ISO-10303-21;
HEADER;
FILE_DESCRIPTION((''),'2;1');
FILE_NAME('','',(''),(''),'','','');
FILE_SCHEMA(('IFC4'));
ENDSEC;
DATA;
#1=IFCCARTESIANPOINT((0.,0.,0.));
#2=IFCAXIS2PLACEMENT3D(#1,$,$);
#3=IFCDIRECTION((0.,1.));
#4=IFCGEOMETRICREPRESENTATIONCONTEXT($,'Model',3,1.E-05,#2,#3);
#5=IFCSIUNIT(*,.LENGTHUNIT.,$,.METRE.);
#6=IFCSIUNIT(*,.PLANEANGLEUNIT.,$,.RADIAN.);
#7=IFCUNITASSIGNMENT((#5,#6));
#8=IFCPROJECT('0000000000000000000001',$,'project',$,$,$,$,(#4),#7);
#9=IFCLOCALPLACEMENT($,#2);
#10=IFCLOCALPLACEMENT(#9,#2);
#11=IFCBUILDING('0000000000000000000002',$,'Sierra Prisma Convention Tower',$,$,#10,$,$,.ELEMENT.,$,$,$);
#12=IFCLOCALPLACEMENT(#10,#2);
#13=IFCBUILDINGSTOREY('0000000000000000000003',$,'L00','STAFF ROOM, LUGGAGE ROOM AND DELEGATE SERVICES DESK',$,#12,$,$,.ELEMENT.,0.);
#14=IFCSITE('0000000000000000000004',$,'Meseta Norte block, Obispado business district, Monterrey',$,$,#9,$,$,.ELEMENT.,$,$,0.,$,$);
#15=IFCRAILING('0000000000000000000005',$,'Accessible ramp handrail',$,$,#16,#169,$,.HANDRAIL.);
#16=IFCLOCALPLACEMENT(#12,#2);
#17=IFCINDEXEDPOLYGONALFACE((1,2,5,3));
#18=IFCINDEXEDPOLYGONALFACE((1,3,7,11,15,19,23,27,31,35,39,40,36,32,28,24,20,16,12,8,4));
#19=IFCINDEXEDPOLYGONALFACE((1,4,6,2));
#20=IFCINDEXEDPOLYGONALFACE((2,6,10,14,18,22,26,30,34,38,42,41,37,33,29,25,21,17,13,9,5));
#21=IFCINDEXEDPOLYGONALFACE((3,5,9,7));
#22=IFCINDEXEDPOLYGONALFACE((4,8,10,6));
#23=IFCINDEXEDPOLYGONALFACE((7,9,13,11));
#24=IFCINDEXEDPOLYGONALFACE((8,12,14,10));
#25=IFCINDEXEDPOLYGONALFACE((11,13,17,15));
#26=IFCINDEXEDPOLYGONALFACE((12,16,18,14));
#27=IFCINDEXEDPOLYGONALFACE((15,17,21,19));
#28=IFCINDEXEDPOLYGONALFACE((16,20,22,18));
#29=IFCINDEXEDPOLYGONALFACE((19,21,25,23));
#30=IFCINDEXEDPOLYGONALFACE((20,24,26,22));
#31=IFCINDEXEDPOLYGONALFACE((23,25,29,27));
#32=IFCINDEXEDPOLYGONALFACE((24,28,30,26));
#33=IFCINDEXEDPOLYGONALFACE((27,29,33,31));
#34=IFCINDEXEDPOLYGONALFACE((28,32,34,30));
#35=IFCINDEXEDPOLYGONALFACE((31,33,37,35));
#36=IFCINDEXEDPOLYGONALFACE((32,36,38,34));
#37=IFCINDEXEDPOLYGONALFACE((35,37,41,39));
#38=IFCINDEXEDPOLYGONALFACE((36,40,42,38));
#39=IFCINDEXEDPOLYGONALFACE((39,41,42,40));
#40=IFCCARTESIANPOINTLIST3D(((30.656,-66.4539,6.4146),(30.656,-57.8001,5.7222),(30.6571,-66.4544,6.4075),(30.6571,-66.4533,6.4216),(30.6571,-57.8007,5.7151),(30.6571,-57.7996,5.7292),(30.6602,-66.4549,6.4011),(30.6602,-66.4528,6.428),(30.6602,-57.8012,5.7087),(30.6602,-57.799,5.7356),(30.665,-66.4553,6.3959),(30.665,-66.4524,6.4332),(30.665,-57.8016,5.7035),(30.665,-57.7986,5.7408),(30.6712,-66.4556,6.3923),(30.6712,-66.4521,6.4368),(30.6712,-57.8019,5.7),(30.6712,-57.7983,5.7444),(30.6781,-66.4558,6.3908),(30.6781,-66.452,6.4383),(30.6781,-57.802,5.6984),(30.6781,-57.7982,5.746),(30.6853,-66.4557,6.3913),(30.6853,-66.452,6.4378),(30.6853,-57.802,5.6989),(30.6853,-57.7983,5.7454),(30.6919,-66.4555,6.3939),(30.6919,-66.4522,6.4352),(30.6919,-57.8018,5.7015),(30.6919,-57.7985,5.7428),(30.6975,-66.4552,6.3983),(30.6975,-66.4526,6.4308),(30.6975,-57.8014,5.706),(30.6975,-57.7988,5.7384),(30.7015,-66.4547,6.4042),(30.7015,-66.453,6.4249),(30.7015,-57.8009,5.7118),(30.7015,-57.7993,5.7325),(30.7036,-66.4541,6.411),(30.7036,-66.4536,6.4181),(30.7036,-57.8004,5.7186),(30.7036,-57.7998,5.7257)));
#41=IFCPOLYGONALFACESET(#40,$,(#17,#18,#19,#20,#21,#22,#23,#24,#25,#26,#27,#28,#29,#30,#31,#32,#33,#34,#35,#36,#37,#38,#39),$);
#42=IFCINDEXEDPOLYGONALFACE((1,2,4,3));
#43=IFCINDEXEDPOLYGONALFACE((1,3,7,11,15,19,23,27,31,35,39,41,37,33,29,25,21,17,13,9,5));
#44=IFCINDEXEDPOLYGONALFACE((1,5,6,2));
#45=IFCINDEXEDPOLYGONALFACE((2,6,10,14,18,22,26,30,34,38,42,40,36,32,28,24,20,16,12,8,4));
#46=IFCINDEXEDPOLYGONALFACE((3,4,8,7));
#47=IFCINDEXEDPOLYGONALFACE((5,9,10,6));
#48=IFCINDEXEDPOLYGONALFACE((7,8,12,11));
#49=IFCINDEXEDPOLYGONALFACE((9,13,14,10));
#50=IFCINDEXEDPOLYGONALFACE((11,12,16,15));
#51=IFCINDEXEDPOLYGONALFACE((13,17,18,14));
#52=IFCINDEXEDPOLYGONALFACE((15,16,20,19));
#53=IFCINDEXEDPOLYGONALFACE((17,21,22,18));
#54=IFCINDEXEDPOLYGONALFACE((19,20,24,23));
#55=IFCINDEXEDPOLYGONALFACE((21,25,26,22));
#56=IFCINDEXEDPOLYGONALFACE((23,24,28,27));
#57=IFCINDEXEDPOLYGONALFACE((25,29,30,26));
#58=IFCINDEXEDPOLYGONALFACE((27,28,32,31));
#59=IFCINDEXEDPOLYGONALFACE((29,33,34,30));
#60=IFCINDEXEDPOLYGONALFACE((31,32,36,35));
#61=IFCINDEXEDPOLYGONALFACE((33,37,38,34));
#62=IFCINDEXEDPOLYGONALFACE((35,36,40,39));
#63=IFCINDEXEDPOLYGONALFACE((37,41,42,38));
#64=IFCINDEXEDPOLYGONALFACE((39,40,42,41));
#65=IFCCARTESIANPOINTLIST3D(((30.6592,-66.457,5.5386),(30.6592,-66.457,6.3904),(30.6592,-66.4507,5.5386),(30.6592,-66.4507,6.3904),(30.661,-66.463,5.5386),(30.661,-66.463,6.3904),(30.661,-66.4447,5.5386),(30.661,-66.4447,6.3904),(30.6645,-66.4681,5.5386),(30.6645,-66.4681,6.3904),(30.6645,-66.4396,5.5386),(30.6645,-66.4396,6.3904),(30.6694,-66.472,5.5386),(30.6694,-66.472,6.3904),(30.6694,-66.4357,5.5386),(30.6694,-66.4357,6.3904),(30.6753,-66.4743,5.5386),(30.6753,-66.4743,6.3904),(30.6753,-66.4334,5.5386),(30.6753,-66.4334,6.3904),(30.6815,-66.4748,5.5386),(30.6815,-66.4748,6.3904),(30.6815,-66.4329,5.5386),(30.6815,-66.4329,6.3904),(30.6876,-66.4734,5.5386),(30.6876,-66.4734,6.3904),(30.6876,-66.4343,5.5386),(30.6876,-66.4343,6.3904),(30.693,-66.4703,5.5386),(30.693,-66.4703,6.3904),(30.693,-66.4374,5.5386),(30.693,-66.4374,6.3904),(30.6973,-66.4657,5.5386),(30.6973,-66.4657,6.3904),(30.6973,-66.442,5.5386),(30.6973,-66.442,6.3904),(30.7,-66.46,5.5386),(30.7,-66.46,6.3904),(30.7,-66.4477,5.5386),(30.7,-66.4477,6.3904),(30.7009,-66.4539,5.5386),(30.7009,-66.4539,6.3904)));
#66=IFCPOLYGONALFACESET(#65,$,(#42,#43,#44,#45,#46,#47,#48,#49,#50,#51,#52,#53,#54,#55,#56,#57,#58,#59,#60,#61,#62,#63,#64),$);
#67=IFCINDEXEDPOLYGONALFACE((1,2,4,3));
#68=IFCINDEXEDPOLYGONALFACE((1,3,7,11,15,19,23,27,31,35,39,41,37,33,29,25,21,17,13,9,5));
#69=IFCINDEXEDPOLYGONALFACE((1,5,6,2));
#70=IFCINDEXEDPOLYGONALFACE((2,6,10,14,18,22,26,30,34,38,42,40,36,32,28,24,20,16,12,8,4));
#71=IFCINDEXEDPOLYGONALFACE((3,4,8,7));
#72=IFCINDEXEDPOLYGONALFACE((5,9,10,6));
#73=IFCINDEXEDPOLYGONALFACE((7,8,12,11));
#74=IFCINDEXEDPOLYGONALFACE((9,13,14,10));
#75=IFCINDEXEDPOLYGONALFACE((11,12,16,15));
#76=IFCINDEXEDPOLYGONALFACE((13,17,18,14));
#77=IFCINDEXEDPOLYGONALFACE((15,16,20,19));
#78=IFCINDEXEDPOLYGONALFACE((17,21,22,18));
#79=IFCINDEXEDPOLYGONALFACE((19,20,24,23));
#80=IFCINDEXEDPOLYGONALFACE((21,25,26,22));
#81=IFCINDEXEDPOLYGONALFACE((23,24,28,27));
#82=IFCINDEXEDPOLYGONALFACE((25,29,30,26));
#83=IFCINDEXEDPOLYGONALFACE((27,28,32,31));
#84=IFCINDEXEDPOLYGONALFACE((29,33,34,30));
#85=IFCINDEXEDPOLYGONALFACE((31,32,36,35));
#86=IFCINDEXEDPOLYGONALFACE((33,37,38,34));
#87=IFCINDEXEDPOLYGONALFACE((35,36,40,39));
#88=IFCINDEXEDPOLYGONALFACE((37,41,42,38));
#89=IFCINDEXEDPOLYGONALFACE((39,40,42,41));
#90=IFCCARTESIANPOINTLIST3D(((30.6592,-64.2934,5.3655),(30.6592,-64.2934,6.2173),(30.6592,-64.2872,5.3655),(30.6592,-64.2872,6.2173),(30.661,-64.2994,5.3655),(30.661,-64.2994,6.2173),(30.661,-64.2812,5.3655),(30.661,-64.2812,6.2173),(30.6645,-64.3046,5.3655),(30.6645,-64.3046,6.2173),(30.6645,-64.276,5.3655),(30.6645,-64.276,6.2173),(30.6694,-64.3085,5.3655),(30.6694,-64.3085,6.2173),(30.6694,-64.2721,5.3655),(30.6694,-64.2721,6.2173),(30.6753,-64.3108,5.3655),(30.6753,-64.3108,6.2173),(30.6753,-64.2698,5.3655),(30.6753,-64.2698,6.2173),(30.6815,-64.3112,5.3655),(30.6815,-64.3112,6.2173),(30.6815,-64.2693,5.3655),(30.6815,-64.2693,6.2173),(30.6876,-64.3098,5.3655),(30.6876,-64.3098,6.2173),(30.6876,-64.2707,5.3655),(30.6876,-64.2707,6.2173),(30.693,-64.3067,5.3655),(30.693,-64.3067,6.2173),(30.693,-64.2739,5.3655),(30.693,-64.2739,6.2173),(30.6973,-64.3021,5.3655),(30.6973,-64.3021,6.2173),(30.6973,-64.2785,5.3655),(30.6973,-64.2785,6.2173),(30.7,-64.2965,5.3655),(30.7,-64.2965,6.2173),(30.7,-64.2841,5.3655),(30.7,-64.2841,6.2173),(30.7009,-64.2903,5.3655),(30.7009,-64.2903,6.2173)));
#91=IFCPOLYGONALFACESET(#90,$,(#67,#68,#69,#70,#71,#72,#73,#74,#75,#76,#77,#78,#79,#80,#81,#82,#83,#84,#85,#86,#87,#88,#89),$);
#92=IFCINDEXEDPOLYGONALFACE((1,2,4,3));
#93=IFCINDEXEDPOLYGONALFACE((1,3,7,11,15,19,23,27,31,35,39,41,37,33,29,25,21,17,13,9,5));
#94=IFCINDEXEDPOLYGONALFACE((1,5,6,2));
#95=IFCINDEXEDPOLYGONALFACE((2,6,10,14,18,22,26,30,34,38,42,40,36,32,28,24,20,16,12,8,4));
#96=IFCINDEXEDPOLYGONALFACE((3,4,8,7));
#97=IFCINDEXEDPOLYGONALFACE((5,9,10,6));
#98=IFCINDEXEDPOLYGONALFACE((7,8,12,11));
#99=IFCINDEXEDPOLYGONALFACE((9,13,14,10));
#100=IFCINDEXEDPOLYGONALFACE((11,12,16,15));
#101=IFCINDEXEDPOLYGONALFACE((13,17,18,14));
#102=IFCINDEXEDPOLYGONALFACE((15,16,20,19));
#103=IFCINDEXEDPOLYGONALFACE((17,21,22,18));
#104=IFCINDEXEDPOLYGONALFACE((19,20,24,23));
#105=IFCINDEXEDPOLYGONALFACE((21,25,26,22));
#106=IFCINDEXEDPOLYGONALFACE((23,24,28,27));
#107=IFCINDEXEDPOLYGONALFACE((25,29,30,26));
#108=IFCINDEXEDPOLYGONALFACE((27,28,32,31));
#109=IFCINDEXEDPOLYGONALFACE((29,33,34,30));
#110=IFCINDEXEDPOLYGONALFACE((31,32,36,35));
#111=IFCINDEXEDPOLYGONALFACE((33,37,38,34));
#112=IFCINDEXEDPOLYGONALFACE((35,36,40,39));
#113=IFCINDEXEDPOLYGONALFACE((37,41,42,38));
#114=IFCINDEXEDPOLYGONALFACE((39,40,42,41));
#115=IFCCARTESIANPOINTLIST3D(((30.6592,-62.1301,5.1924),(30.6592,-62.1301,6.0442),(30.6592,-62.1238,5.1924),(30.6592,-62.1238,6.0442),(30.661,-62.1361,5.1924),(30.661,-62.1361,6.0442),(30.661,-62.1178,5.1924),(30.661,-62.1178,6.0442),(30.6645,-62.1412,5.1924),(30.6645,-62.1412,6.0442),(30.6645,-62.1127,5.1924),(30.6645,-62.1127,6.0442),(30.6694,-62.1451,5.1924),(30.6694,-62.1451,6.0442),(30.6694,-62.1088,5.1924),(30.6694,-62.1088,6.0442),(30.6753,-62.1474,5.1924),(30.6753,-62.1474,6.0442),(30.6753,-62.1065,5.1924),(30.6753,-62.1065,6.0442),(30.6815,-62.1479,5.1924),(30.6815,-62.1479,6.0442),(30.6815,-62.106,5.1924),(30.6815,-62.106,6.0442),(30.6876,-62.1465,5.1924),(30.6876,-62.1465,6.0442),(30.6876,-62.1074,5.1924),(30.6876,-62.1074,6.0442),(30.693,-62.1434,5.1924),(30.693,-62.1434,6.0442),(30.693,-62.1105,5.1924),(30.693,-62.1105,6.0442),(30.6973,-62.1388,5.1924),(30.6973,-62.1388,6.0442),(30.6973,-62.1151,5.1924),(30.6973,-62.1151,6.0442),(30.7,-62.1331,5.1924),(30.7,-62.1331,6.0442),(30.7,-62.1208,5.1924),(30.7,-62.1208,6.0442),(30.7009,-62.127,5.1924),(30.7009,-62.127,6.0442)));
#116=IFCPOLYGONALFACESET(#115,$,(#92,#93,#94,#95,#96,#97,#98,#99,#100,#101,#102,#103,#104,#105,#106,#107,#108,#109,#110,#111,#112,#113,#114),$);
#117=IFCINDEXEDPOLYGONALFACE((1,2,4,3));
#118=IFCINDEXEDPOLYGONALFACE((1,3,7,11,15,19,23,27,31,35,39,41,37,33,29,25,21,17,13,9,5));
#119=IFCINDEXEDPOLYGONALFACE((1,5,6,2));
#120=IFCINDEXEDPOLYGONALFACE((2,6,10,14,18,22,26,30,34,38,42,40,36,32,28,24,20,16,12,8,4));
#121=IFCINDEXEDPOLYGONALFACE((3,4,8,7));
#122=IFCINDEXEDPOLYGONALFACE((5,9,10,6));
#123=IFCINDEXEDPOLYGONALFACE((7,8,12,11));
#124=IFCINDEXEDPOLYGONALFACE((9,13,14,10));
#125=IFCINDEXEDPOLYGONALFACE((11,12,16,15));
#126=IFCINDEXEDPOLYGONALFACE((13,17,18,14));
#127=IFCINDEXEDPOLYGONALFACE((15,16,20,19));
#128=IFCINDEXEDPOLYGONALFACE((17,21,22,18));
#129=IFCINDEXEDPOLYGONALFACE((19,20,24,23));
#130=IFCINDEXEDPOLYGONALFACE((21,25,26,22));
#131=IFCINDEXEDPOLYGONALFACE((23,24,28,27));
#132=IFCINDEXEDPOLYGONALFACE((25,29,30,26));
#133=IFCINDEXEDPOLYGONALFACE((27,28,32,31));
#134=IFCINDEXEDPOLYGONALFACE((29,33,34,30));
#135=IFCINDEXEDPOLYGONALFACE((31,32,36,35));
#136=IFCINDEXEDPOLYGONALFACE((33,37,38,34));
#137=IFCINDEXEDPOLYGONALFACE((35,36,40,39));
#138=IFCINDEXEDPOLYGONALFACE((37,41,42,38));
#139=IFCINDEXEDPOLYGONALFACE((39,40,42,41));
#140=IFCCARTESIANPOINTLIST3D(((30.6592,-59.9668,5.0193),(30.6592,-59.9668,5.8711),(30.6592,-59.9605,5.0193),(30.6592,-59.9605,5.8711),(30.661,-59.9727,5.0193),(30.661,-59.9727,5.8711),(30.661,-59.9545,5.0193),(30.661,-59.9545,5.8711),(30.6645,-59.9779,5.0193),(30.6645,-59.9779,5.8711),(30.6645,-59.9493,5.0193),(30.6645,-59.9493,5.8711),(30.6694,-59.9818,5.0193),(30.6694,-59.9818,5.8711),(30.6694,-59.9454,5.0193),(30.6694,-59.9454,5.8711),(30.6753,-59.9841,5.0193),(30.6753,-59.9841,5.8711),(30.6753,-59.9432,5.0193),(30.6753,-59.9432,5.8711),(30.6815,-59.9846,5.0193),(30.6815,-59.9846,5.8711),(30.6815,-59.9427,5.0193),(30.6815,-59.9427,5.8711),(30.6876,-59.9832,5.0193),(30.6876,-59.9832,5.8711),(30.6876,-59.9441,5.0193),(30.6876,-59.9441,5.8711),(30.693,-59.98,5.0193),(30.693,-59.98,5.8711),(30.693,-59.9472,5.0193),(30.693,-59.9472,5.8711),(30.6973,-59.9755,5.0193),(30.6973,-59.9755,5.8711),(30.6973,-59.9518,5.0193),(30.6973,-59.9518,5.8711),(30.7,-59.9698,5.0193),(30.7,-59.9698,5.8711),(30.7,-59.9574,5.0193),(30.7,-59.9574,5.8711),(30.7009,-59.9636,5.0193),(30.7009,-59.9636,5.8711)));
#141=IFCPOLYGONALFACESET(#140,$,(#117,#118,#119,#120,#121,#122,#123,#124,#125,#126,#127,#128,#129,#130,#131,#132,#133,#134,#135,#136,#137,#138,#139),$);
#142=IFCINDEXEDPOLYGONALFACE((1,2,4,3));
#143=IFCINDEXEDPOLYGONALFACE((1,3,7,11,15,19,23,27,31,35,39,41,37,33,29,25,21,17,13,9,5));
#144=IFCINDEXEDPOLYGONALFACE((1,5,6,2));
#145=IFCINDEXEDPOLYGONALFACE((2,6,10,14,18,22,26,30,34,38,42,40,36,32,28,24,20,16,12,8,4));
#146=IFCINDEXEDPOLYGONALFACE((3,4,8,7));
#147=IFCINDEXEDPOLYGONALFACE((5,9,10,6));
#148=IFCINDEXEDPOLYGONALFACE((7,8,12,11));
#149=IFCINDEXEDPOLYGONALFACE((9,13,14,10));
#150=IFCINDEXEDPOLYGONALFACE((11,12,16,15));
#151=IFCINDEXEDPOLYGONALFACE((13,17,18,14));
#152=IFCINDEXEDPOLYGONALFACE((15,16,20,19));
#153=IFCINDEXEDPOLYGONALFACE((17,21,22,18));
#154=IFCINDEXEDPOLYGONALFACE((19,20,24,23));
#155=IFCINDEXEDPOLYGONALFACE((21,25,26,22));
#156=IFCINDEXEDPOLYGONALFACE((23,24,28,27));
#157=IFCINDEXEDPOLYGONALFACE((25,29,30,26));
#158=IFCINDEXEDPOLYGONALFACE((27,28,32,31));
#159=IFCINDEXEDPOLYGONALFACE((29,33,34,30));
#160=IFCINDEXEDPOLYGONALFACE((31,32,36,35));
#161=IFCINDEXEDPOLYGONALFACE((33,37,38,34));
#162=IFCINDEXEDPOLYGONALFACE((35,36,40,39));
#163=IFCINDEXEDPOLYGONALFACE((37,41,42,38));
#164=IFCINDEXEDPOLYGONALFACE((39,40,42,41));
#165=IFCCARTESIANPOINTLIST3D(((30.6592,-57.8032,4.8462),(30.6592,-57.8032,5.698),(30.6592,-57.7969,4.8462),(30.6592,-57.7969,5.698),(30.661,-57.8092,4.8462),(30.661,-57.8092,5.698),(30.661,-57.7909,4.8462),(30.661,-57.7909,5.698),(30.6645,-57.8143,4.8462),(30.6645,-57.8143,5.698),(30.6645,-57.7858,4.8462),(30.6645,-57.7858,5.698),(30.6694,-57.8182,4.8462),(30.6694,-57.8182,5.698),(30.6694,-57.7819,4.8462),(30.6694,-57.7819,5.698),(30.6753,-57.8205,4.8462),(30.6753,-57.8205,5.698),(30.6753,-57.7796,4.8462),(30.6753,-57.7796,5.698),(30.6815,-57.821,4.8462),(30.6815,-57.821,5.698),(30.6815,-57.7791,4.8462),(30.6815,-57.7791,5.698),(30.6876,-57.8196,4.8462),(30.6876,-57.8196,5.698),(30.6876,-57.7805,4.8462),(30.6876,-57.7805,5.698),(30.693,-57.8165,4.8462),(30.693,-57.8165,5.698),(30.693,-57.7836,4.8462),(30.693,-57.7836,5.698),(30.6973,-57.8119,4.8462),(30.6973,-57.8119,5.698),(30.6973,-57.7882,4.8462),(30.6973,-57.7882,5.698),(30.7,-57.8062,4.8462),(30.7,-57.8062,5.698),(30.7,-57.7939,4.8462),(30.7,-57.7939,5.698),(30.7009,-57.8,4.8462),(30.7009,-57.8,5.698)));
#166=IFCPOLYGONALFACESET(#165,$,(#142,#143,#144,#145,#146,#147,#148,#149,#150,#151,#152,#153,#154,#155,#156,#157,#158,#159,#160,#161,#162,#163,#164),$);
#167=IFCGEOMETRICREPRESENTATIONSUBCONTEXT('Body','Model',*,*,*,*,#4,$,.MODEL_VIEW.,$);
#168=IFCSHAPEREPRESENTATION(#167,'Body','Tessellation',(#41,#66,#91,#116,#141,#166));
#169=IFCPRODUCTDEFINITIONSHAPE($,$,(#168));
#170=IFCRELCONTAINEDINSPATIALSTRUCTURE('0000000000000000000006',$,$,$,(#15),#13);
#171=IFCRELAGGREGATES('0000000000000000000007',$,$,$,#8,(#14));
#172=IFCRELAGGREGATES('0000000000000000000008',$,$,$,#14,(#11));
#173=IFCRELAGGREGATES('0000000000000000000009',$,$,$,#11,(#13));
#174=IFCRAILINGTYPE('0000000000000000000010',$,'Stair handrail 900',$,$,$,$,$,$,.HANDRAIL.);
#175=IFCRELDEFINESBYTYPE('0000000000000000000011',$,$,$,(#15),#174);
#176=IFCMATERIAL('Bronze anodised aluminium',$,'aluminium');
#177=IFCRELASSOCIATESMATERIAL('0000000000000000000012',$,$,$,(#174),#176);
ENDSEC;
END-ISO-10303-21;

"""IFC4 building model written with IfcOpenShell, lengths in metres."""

from ifc_helpers import new_model, si_unit, direction, frame, origin, origin_2d, place, context, subcontext, project, spatial, circle, extrude, material, type_object, element, save


model = new_model("IFC4")

# Units and contexts
model_context = context("Model", 3, precision=1e-05, world=origin(), true_north=direction((0.0, 1.0)))
body_context = subcontext(model_context, "Body", "Model", "MODEL_VIEW")
ifc_project = project(units=[si_unit("LENGTHUNIT", "METRE"), si_unit("PLANEANGLEUNIT", "RADIAN")], contexts=[model_context])

# Site, building, storey
site_placement = place(None, origin())
site = spatial("IfcSite", under=ifc_project, at=site_placement, Name="Meseta Norte block, Obispado business district, Monterrey", CompositionType="ELEMENT", RefElevation=0.0)
building_placement = place(site_placement, origin())
building = spatial("IfcBuilding", under=site, at=building_placement, Name="Sierra Prisma Convention Tower", CompositionType="ELEMENT")
storey_placement = place(building_placement, origin())
storey = spatial("IfcBuildingStorey", under=building, at=storey_placement, Name="L00", Description="STAFF ROOM, LUGGAGE ROOM AND DELEGATE SERVICES DESK", CompositionType="ELEMENT", Elevation=0.0)

# Railing
ifc_material_1 = material(Name="Bronze anodised aluminium", Category="aluminium")
railing_type_1 = type_object("IfcRailingType", Name="Stair handrail 900", PredefinedType="HANDRAIL", material=ifc_material_1)
for number, where, name in (
    (1, (30.6799, -66.4539, 5.5386), "Accessible ramp handrail"),
):
    element("IfcRailing", number, at=place(storey_placement, frame(where)), inside=storey, type_object=railing_type_1, Name=name, PredefinedType="HANDRAIL", context=body_context, shape_type="SweptSolid", body=[
        extrude(circle(Radius=0.0239, at=origin_2d()), frame((0.0, 0.0, 0.876), z_axis=(0.0, 0.996815, -0.079754), x_axis=(-1.0, 0.0, 0.0)), (0.0, 0.0, 1.0), 8.6814),
        extrude(circle(Radius=0.021, at=origin_2d()), origin(), (0.0, 0.0, 1.0), 0.8518),
        extrude(circle(Radius=0.021, at=origin_2d()), frame((0.0, 2.1636, -0.1731)), (0.0, 0.0, 1.0), 0.8518),
        extrude(circle(Radius=0.021, at=origin_2d()), frame((0.0, 4.3269, -0.3462)), (0.0, 0.0, 1.0), 0.8518),
        extrude(circle(Radius=0.021, at=origin_2d()), frame((0.0, 6.4902, -0.5193)), (0.0, 0.0, 1.0), 0.8518),
        extrude(circle(Radius=0.021, at=origin_2d()), frame((0.0, 8.6538, -0.6924)), (0.0, 0.0, 1.0), 0.8518),
    ])

save(model, "model.ifc")
